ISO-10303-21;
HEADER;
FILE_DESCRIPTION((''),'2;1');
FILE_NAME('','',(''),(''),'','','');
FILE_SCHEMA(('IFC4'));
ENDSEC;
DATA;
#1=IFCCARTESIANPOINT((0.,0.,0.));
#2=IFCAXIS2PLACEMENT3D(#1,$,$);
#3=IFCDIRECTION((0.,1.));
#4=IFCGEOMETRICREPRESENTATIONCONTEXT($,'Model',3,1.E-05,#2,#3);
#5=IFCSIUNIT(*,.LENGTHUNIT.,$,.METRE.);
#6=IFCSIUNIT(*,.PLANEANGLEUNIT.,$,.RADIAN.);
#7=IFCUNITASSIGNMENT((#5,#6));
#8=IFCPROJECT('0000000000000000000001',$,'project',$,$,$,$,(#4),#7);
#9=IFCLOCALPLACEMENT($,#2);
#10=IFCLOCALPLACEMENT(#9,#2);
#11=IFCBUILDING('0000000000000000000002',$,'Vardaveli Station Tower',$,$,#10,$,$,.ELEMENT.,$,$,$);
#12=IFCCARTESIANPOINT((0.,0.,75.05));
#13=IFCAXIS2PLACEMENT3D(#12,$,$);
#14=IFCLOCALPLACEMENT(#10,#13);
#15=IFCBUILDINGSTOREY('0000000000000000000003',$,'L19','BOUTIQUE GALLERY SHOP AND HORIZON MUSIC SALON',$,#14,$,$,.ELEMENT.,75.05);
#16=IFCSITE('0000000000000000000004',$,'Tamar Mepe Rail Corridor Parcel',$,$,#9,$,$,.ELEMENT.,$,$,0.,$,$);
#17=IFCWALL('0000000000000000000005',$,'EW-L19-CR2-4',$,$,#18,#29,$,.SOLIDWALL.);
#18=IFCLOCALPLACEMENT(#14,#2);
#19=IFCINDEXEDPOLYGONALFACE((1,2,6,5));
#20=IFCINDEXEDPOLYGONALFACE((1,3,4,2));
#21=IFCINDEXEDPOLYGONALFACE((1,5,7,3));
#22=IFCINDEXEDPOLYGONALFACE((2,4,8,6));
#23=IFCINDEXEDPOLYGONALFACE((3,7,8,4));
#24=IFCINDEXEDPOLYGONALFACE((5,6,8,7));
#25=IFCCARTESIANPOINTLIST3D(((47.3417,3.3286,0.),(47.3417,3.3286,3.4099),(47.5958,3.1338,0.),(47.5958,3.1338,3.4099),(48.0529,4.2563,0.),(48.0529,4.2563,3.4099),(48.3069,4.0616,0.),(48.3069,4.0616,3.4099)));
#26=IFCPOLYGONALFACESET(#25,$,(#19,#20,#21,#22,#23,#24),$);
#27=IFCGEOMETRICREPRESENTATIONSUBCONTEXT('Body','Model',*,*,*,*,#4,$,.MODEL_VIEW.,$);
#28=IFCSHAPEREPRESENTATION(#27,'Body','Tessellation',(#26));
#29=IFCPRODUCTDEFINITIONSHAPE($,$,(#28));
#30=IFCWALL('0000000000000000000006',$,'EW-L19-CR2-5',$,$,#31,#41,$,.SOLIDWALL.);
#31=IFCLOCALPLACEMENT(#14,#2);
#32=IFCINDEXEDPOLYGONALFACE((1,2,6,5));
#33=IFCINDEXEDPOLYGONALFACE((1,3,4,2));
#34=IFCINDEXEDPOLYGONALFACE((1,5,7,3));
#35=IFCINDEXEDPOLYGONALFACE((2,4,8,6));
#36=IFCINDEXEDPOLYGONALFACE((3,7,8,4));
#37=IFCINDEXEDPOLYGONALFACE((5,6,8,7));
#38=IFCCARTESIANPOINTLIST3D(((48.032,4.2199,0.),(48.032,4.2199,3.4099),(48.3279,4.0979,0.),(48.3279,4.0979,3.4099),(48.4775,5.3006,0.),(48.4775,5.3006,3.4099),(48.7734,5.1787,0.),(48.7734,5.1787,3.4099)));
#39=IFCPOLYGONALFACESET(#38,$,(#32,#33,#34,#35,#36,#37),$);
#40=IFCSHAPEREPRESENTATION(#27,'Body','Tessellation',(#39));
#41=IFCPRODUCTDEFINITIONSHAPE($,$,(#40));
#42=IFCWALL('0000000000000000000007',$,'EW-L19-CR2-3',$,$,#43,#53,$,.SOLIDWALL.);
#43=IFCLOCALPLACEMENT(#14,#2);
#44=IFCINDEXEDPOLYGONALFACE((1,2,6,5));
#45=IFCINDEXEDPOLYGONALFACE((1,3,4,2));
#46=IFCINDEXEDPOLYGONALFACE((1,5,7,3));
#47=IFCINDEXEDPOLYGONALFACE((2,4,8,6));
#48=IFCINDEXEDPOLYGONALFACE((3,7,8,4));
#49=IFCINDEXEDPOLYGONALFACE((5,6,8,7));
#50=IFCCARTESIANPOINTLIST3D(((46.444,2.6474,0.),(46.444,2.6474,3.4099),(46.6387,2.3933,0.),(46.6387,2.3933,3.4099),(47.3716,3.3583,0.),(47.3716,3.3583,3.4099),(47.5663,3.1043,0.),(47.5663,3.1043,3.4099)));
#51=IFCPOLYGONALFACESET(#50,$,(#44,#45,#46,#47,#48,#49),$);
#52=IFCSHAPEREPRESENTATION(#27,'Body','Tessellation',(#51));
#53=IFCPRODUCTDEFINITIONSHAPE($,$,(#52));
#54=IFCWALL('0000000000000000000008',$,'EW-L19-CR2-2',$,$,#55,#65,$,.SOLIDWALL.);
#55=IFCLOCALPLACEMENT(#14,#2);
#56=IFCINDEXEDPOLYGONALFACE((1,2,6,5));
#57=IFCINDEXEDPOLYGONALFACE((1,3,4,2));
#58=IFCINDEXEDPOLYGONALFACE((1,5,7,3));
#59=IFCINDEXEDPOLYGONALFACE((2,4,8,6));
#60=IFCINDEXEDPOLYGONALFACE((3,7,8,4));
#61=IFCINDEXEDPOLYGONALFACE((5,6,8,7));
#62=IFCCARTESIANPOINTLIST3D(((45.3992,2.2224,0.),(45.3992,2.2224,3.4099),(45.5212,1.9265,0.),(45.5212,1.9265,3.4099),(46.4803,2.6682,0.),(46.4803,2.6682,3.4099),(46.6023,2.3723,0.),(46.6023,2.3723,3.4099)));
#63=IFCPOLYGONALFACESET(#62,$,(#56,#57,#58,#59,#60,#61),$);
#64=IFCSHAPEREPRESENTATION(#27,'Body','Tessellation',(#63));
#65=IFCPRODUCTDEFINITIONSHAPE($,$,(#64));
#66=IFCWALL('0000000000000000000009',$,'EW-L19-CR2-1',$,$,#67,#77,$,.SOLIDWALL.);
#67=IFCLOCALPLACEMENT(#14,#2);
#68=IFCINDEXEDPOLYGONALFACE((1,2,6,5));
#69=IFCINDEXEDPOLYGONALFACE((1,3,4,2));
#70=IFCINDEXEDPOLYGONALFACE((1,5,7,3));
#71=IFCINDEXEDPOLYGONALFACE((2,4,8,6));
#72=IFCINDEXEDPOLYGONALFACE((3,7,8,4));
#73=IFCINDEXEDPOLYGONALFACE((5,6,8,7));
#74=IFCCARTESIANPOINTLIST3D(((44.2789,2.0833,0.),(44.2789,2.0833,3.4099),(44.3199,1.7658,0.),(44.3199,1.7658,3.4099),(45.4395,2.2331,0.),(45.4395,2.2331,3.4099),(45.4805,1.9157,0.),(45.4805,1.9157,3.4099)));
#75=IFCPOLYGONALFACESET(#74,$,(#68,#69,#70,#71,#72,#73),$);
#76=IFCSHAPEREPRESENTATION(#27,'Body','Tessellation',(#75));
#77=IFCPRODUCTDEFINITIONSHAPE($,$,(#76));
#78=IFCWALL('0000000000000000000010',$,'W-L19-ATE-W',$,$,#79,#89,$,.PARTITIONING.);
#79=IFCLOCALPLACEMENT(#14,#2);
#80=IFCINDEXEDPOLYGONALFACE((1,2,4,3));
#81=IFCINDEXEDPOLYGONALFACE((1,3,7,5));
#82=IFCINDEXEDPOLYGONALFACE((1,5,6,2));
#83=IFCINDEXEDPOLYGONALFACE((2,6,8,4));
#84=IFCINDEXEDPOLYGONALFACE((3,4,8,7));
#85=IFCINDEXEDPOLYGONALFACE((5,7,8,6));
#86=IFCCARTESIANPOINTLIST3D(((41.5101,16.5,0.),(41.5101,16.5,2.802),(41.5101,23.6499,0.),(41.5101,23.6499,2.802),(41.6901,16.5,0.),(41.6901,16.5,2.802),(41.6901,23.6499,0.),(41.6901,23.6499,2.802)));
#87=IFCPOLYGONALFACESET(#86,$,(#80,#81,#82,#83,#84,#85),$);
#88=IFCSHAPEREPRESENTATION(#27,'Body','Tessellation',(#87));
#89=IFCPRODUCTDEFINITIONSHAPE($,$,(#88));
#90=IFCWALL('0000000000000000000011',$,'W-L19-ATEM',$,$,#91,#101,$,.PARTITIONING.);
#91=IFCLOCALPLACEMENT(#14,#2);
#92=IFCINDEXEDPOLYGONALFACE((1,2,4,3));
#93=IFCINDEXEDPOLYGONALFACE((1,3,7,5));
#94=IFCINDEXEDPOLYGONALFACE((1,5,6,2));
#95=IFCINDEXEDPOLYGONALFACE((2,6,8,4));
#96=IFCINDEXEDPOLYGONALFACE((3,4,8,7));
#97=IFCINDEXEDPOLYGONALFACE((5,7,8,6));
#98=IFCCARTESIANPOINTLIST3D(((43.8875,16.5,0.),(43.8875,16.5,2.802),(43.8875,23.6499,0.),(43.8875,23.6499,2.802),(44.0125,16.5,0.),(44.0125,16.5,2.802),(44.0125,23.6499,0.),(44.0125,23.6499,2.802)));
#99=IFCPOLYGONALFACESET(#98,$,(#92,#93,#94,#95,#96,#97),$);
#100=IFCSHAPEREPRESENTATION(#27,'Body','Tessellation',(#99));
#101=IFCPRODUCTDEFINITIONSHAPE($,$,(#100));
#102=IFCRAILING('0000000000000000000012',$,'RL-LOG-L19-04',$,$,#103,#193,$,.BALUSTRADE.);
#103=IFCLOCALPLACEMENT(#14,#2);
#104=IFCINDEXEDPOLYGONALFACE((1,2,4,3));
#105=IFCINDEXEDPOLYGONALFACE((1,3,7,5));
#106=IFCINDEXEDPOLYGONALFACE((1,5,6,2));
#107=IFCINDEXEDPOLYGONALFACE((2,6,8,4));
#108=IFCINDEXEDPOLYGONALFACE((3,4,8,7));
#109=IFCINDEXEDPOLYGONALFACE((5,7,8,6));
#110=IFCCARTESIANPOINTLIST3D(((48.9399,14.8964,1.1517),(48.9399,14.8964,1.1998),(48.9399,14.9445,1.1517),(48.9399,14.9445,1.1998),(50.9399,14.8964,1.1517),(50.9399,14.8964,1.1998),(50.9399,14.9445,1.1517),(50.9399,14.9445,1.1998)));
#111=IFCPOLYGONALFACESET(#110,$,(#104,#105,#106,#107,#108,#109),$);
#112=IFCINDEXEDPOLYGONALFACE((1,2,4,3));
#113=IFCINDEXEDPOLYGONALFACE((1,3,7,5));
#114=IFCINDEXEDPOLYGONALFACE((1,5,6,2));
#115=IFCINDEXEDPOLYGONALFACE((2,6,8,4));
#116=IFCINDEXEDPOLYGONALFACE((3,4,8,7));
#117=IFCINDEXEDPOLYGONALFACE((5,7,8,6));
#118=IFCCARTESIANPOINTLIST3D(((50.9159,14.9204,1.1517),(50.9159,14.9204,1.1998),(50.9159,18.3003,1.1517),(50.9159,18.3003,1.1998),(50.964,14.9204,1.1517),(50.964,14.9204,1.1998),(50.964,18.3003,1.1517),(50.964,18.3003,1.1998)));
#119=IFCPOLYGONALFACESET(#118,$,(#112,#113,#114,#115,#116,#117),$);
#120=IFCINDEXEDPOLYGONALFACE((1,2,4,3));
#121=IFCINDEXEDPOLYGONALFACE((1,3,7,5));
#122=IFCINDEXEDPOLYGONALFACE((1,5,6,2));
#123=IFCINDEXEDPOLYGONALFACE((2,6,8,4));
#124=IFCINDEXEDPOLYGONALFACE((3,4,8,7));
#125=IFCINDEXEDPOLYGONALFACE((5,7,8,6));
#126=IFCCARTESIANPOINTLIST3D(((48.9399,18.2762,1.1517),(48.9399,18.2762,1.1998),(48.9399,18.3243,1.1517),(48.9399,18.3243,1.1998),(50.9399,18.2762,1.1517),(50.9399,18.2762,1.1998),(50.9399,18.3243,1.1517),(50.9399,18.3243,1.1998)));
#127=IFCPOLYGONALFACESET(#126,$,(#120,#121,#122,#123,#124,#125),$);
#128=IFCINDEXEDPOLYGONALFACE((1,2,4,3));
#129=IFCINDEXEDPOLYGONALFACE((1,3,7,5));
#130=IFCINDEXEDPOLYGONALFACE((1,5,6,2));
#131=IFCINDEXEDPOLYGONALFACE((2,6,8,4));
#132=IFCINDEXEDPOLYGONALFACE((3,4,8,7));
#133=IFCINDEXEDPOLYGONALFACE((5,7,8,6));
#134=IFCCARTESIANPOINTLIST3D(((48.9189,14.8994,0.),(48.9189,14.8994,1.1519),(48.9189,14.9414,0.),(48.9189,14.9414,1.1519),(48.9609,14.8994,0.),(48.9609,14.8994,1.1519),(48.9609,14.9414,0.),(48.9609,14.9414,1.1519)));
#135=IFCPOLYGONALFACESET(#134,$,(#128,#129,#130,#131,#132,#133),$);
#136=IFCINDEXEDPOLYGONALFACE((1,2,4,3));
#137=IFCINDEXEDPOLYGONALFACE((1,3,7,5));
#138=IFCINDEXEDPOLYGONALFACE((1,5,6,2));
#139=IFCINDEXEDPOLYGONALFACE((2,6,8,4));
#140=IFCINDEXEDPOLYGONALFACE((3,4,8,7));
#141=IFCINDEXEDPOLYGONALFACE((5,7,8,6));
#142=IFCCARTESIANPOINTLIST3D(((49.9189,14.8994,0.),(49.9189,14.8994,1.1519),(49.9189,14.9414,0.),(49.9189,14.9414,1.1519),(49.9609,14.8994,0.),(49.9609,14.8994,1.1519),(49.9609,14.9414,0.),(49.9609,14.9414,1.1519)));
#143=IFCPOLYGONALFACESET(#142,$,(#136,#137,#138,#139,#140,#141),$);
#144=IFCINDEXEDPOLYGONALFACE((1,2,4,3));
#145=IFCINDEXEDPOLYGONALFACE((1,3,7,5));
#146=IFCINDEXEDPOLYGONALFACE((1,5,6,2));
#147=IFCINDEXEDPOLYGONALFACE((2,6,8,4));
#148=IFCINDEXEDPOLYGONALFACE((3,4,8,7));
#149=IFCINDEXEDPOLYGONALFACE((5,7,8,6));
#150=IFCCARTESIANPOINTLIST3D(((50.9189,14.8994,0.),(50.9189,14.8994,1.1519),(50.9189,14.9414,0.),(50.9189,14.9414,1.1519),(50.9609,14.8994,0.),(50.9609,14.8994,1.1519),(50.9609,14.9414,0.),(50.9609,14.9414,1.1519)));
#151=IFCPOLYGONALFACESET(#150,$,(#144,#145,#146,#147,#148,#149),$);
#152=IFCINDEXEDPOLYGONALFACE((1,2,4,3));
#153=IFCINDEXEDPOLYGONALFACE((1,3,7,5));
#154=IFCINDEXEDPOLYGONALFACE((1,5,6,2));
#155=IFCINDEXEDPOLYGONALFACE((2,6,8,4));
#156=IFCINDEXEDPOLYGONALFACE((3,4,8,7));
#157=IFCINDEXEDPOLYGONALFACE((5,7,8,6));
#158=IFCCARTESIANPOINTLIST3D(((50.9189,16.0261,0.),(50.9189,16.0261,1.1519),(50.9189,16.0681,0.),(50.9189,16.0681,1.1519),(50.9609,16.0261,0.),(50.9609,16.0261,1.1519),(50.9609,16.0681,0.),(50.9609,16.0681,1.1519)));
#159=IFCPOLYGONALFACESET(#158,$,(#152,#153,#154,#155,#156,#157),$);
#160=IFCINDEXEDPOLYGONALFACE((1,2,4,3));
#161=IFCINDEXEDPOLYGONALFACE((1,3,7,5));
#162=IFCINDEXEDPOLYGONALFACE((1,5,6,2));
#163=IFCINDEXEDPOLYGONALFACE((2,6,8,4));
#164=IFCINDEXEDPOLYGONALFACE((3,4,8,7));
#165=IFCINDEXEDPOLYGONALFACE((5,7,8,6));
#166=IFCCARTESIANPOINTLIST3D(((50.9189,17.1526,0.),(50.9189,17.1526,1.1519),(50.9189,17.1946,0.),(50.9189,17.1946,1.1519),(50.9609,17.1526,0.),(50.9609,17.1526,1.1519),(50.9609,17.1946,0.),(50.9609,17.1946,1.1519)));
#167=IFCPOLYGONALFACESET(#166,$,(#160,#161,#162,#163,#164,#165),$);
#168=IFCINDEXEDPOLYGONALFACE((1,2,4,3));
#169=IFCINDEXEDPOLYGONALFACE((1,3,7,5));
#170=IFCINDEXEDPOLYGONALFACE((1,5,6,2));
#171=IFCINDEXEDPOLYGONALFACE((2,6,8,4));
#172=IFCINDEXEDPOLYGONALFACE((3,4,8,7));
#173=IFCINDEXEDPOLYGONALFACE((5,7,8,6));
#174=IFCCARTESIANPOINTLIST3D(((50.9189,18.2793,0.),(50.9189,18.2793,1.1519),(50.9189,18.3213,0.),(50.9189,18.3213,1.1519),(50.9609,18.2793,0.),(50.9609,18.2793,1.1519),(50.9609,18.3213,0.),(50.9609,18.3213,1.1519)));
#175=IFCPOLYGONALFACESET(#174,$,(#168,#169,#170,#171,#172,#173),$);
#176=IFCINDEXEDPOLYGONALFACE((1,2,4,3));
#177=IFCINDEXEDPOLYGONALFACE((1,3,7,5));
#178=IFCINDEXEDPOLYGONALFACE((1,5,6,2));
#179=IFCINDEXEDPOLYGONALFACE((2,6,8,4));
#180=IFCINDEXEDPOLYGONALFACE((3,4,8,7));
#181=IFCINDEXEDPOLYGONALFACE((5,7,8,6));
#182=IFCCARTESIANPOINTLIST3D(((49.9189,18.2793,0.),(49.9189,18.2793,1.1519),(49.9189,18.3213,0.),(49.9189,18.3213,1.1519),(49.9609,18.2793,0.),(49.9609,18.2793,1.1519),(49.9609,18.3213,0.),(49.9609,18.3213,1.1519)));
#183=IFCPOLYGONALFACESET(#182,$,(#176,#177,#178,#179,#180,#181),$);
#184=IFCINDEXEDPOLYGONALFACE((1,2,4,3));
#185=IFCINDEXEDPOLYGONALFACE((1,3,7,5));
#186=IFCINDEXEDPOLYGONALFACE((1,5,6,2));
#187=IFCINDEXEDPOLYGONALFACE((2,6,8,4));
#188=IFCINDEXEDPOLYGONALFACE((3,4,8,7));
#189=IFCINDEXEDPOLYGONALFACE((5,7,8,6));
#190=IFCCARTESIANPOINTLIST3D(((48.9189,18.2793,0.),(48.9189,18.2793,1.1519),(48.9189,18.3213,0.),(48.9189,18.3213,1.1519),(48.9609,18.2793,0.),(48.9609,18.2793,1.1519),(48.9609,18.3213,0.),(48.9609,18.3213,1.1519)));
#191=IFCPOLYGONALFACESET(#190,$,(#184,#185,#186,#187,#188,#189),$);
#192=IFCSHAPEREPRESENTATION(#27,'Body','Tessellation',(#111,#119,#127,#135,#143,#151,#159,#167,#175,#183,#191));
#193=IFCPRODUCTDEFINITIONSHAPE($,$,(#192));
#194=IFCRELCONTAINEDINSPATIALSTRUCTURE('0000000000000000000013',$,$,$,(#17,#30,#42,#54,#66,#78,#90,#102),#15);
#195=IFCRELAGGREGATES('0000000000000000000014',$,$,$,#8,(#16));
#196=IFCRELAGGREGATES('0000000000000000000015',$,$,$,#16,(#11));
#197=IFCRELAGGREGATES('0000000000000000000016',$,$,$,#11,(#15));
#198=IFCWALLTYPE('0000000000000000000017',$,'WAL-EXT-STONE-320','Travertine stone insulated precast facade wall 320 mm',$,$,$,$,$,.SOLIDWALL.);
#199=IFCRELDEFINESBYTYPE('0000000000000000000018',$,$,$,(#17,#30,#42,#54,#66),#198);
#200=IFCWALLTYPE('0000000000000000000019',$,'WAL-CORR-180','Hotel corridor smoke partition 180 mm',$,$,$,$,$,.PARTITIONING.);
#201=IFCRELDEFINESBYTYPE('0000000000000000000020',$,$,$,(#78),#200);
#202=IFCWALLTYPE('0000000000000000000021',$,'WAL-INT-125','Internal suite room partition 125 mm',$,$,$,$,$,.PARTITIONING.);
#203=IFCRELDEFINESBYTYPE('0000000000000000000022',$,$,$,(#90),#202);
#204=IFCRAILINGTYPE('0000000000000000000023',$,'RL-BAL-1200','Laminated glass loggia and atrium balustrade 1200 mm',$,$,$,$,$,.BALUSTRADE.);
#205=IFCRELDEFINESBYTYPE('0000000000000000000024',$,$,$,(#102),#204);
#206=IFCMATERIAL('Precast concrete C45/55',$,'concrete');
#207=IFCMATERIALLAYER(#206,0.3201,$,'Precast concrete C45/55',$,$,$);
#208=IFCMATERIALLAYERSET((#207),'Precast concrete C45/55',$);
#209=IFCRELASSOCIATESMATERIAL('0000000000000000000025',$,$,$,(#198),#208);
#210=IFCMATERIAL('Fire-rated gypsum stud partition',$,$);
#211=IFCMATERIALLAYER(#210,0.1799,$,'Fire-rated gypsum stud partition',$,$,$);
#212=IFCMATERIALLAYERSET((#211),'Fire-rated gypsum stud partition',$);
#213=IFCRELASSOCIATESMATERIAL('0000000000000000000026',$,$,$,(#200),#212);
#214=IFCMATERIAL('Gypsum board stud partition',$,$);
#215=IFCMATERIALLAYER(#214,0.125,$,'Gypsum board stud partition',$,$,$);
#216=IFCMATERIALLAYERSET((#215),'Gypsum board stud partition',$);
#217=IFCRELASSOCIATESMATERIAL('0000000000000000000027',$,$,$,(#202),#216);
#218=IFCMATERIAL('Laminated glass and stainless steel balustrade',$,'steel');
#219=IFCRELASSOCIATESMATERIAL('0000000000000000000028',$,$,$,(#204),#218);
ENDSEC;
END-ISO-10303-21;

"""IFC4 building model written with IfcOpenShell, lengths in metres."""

from ifc_helpers import new_model, si_unit, direction, frame, frame_2d, origin, origin_2d, place, context, subcontext, project, spatial, rectangle, extrude, source, transform, mapped, material, layer, layer_set, type_object, element, save


model = new_model("IFC4")

# Units and contexts
model_context = context("Model", 3, precision=1e-05, world=origin(), true_north=direction((0.0, 1.0)))
body_context = subcontext(model_context, "Body", "Model", "MODEL_VIEW")
ifc_project = project(units=[si_unit("LENGTHUNIT", "METRE"), si_unit("PLANEANGLEUNIT", "RADIAN")], contexts=[model_context])

# Site, building, storey
site_placement = place(None, origin())
site = spatial("IfcSite", under=ifc_project, at=site_placement, Name="Tamar Mepe Rail Corridor Parcel", CompositionType="ELEMENT", RefElevation=0.0)
building_placement = place(site_placement, origin())
building = spatial("IfcBuilding", under=site, at=building_placement, Name="Vardaveli Station Tower", CompositionType="ELEMENT")
storey_placement = place(building_placement, frame((0.0, 0.0, 75.05)))
storey = spatial("IfcBuildingStorey", under=building, at=storey_placement, Name="L19", Description="BOUTIQUE GALLERY SHOP AND HORIZON MUSIC SALON", CompositionType="ELEMENT", Elevation=75.05)

# Shared definitions
ifc_material_1 = material(Name="Precast concrete C45/55", Category="concrete")

# Shared definitions
ifc_layer_1 = layer(ifc_material_1, 0.3201, Name="Precast concrete C45/55")
ifc_layer_set_1 = layer_set([ifc_layer_1], Name="Precast concrete C45/55")
wall_type_1 = type_object("IfcWallType", Name="WAL-EXT-STONE-320", Description="Travertine stone insulated precast facade wall 320 mm", PredefinedType="SOLIDWALL", material=ifc_layer_set_1)

# Walls
shared_shape_1 = source(origin(), body_context, "Body", "SweptSolid", [
    extrude(rectangle(XDim=1.1689, YDim=0.3201, at=frame_2d((0.5845, 0.0))), origin(), (0.0, 0.0, 1.0), 3.4099),
])
for number, where, z_axis, x_axis, name in (
    (1, (47.4688, 3.2312, 0.0), (0.0, 0.0, 1.0), (0.608388, 0.79364, 0.0), "EW-L19-CR2-4"),
    (2, (48.1799, 4.1589, 0.0), (0.0, 0.0, 1.0), (0.381128, 0.924522, 0.0), "EW-L19-CR2-5"),
):
    element("IfcWall", number, at=place(storey_placement, frame(where, z_axis=z_axis, x_axis=x_axis)), inside=storey, type_object=wall_type_1, Name=name, PredefinedType="SOLIDWALL", context=body_context, shape_type="MappedRepresentation", body=[
        mapped(shared_shape_1, transform((0.0, 0.0, 0.0), scale=1.0)),
    ])
shared_shape_2 = source(origin(), body_context, "Body", "SweptSolid", [
    extrude(rectangle(XDim=1.1687, YDim=0.3201, at=frame_2d((0.5845, 0.0))), origin(), (0.0, 0.0, 1.0), 3.4099),
])
wall_1_placement = place(storey_placement, frame((46.5413, 2.5203, 0.0), z_axis=(0.0, 0.0, 1.0), x_axis=(0.793664, 0.608357, 0.0)))
element("IfcWall", 3, at=wall_1_placement, inside=storey, type_object=wall_type_1, Name="EW-L19-CR2-3", PredefinedType="SOLIDWALL", context=body_context, shape_type="MappedRepresentation", body=[
    mapped(shared_shape_2, transform((0.0, 0.0, 0.0), scale=1.0)),
])
shared_shape_3 = source(origin(), body_context, "Body", "SweptSolid", [
    extrude(rectangle(XDim=1.1694, YDim=0.3201, at=frame_2d((0.5847, 0.0))), origin(), (0.0, 0.0, 1.0), 3.4099),
])
wall_2_placement = place(storey_placement, frame((45.4602, 2.0745, 0.0), z_axis=(0.0, 0.0, 1.0), x_axis=(0.924479, 0.381233, 0.0)))
element("IfcWall", 4, at=wall_2_placement, inside=storey, type_object=wall_type_1, Name="EW-L19-CR2-2", PredefinedType="SOLIDWALL", context=body_context, shape_type="MappedRepresentation", body=[
    mapped(shared_shape_3, transform((0.0, 0.0, 0.0), scale=1.0)),
])
shared_shape_4 = source(origin(), body_context, "Body", "SweptSolid", [
    extrude(rectangle(XDim=1.1702, YDim=0.3201, at=frame_2d((0.585, 0.0))), origin(), (0.0, 0.0, 1.0), 3.4099),
])
wall_3_placement = place(storey_placement, frame((44.2996, 1.9246, 0.0), z_axis=(0.0, 0.0, 1.0), x_axis=(0.991762, 0.12809, 0.0)))
element("IfcWall", 5, at=wall_3_placement, inside=storey, type_object=wall_type_1, Name="EW-L19-CR2-1", PredefinedType="SOLIDWALL", context=body_context, shape_type="MappedRepresentation", body=[
    mapped(shared_shape_4, transform((0.0, 0.0, 0.0), scale=1.0)),
])

# Shared definitions
ifc_material_2 = material(Name="Fire-rated gypsum stud partition")
ifc_layer_2 = layer(ifc_material_2, 0.1799, Name="Fire-rated gypsum stud partition")
ifc_layer_set_2 = layer_set([ifc_layer_2], Name="Fire-rated gypsum stud partition")
wall_type_2 = type_object("IfcWallType", Name="WAL-CORR-180", Description="Hotel corridor smoke partition 180 mm", PredefinedType="PARTITIONING", material=ifc_layer_set_2)

# Walls
shared_shape_5 = source(origin(), body_context, "Body", "SweptSolid", [
    extrude(rectangle(XDim=7.1499, YDim=0.1799, at=frame_2d((3.575, 0.0))), origin(), (0.0, 0.0, 1.0), 2.802),
])
wall_4_placement = place(storey_placement, frame((41.6001, 16.5, 0.0), z_axis=(0.0, 0.0, 1.0), x_axis=(0.0, 1.0, 0.0)))
element("IfcWall", 6, at=wall_4_placement, inside=storey, type_object=wall_type_2, Name="W-L19-ATE-W", PredefinedType="PARTITIONING", context=body_context, shape_type="MappedRepresentation", body=[
    mapped(shared_shape_5, transform((0.0, 0.0, 0.0), scale=1.0)),
])
ifc_material_3 = material(Name="Gypsum board stud partition")
ifc_layer_3 = layer(ifc_material_3, 0.125, Name="Gypsum board stud partition")
ifc_layer_set_3 = layer_set([ifc_layer_3], Name="Gypsum board stud partition")
wall_type_3 = type_object("IfcWallType", Name="WAL-INT-125", Description="Internal suite room partition 125 mm", PredefinedType="PARTITIONING", material=ifc_layer_set_3)
shared_shape_6 = source(origin(), body_context, "Body", "SweptSolid", [
    extrude(rectangle(XDim=7.1499, YDim=0.125, at=frame_2d((3.575, 0.0))), origin(), (0.0, 0.0, 1.0), 2.802),
])
wall_5_placement = place(storey_placement, frame((43.95, 16.5, 0.0), z_axis=(0.0, 0.0, 1.0), x_axis=(0.0, 1.0, 0.0)))
element("IfcWall", 7, at=wall_5_placement, inside=storey, type_object=wall_type_3, Name="W-L19-ATEM", PredefinedType="PARTITIONING", context=body_context, shape_type="MappedRepresentation", body=[
    mapped(shared_shape_6, transform((0.0, 0.0, 0.0), scale=1.0)),
])

# Railing
ifc_material_4 = material(Name="Laminated glass and stainless steel balustrade", Category="steel")
railing_type = type_object("IfcRailingType", Name="RL-BAL-1200", Description="Laminated glass loggia and atrium balustrade 1200 mm", PredefinedType="BALUSTRADE", material=ifc_material_4)
shared_shape_7 = source(origin(), body_context, "Body", "SweptSolid", [
    extrude(rectangle(XDim=0.0481, YDim=0.0481, at=origin_2d()), frame((0.0, 0.0, 1.1758), z_axis=(1.0, 0.0, 0.0), x_axis=(0.0, 1.0, 0.0)), (0.0, 0.0, 1.0), 2.0),
    extrude(rectangle(XDim=0.0481, YDim=0.0481, at=origin_2d()), frame((2.0, 0.0, 1.1758), z_axis=(0.0, 1.0, 0.0), x_axis=(-1.0, 0.0, 0.0)), (0.0, 0.0, 1.0), 3.3799),
    extrude(rectangle(XDim=0.0481, YDim=0.0481, at=origin_2d()), frame((2.0, 3.3799, 1.1758), z_axis=(-1.0, 0.0, 0.0), x_axis=(0.0, -1.0, 0.0)), (0.0, 0.0, 1.0), 2.0),
    extrude(rectangle(XDim=0.042, YDim=0.042, at=origin_2d()), origin(), (0.0, 0.0, 1.0), 1.1519),
    extrude(rectangle(XDim=0.042, YDim=0.042, at=origin_2d()), frame((1.0, 0.0, 0.0)), (0.0, 0.0, 1.0), 1.1519),
    extrude(rectangle(XDim=0.042, YDim=0.042, at=origin_2d()), frame((2.0, 0.0, 0.0)), (0.0, 0.0, 1.0), 1.1519),
    extrude(rectangle(XDim=0.042, YDim=0.042, at=origin_2d()), frame((2.0, 1.1267, 0.0)), (0.0, 0.0, 1.0), 1.1519),
    extrude(rectangle(XDim=0.042, YDim=0.042, at=origin_2d()), frame((2.0, 2.2532, 0.0)), (0.0, 0.0, 1.0), 1.1519),
    extrude(rectangle(XDim=0.042, YDim=0.042, at=origin_2d()), frame((2.0, 3.3799, 0.0)), (0.0, 0.0, 1.0), 1.1519),
    extrude(rectangle(XDim=0.042, YDim=0.042, at=origin_2d()), frame((1.0, 3.3799, 0.0)), (0.0, 0.0, 1.0), 1.1519),
    extrude(rectangle(XDim=0.042, YDim=0.042, at=origin_2d()), frame((0.0, 3.3799, 0.0)), (0.0, 0.0, 1.0), 1.1519),
])
railing_placement = place(storey_placement, frame((48.9399, 14.9204, 0.0)))
element("IfcRailing", 8, at=railing_placement, inside=storey, type_object=railing_type, Name="RL-LOG-L19-04", PredefinedType="BALUSTRADE", context=body_context, shape_type="MappedRepresentation", body=[
    mapped(shared_shape_7, transform((0.0, 0.0, 0.0), scale=1.0)),
])

save(model, "model.ifc")
